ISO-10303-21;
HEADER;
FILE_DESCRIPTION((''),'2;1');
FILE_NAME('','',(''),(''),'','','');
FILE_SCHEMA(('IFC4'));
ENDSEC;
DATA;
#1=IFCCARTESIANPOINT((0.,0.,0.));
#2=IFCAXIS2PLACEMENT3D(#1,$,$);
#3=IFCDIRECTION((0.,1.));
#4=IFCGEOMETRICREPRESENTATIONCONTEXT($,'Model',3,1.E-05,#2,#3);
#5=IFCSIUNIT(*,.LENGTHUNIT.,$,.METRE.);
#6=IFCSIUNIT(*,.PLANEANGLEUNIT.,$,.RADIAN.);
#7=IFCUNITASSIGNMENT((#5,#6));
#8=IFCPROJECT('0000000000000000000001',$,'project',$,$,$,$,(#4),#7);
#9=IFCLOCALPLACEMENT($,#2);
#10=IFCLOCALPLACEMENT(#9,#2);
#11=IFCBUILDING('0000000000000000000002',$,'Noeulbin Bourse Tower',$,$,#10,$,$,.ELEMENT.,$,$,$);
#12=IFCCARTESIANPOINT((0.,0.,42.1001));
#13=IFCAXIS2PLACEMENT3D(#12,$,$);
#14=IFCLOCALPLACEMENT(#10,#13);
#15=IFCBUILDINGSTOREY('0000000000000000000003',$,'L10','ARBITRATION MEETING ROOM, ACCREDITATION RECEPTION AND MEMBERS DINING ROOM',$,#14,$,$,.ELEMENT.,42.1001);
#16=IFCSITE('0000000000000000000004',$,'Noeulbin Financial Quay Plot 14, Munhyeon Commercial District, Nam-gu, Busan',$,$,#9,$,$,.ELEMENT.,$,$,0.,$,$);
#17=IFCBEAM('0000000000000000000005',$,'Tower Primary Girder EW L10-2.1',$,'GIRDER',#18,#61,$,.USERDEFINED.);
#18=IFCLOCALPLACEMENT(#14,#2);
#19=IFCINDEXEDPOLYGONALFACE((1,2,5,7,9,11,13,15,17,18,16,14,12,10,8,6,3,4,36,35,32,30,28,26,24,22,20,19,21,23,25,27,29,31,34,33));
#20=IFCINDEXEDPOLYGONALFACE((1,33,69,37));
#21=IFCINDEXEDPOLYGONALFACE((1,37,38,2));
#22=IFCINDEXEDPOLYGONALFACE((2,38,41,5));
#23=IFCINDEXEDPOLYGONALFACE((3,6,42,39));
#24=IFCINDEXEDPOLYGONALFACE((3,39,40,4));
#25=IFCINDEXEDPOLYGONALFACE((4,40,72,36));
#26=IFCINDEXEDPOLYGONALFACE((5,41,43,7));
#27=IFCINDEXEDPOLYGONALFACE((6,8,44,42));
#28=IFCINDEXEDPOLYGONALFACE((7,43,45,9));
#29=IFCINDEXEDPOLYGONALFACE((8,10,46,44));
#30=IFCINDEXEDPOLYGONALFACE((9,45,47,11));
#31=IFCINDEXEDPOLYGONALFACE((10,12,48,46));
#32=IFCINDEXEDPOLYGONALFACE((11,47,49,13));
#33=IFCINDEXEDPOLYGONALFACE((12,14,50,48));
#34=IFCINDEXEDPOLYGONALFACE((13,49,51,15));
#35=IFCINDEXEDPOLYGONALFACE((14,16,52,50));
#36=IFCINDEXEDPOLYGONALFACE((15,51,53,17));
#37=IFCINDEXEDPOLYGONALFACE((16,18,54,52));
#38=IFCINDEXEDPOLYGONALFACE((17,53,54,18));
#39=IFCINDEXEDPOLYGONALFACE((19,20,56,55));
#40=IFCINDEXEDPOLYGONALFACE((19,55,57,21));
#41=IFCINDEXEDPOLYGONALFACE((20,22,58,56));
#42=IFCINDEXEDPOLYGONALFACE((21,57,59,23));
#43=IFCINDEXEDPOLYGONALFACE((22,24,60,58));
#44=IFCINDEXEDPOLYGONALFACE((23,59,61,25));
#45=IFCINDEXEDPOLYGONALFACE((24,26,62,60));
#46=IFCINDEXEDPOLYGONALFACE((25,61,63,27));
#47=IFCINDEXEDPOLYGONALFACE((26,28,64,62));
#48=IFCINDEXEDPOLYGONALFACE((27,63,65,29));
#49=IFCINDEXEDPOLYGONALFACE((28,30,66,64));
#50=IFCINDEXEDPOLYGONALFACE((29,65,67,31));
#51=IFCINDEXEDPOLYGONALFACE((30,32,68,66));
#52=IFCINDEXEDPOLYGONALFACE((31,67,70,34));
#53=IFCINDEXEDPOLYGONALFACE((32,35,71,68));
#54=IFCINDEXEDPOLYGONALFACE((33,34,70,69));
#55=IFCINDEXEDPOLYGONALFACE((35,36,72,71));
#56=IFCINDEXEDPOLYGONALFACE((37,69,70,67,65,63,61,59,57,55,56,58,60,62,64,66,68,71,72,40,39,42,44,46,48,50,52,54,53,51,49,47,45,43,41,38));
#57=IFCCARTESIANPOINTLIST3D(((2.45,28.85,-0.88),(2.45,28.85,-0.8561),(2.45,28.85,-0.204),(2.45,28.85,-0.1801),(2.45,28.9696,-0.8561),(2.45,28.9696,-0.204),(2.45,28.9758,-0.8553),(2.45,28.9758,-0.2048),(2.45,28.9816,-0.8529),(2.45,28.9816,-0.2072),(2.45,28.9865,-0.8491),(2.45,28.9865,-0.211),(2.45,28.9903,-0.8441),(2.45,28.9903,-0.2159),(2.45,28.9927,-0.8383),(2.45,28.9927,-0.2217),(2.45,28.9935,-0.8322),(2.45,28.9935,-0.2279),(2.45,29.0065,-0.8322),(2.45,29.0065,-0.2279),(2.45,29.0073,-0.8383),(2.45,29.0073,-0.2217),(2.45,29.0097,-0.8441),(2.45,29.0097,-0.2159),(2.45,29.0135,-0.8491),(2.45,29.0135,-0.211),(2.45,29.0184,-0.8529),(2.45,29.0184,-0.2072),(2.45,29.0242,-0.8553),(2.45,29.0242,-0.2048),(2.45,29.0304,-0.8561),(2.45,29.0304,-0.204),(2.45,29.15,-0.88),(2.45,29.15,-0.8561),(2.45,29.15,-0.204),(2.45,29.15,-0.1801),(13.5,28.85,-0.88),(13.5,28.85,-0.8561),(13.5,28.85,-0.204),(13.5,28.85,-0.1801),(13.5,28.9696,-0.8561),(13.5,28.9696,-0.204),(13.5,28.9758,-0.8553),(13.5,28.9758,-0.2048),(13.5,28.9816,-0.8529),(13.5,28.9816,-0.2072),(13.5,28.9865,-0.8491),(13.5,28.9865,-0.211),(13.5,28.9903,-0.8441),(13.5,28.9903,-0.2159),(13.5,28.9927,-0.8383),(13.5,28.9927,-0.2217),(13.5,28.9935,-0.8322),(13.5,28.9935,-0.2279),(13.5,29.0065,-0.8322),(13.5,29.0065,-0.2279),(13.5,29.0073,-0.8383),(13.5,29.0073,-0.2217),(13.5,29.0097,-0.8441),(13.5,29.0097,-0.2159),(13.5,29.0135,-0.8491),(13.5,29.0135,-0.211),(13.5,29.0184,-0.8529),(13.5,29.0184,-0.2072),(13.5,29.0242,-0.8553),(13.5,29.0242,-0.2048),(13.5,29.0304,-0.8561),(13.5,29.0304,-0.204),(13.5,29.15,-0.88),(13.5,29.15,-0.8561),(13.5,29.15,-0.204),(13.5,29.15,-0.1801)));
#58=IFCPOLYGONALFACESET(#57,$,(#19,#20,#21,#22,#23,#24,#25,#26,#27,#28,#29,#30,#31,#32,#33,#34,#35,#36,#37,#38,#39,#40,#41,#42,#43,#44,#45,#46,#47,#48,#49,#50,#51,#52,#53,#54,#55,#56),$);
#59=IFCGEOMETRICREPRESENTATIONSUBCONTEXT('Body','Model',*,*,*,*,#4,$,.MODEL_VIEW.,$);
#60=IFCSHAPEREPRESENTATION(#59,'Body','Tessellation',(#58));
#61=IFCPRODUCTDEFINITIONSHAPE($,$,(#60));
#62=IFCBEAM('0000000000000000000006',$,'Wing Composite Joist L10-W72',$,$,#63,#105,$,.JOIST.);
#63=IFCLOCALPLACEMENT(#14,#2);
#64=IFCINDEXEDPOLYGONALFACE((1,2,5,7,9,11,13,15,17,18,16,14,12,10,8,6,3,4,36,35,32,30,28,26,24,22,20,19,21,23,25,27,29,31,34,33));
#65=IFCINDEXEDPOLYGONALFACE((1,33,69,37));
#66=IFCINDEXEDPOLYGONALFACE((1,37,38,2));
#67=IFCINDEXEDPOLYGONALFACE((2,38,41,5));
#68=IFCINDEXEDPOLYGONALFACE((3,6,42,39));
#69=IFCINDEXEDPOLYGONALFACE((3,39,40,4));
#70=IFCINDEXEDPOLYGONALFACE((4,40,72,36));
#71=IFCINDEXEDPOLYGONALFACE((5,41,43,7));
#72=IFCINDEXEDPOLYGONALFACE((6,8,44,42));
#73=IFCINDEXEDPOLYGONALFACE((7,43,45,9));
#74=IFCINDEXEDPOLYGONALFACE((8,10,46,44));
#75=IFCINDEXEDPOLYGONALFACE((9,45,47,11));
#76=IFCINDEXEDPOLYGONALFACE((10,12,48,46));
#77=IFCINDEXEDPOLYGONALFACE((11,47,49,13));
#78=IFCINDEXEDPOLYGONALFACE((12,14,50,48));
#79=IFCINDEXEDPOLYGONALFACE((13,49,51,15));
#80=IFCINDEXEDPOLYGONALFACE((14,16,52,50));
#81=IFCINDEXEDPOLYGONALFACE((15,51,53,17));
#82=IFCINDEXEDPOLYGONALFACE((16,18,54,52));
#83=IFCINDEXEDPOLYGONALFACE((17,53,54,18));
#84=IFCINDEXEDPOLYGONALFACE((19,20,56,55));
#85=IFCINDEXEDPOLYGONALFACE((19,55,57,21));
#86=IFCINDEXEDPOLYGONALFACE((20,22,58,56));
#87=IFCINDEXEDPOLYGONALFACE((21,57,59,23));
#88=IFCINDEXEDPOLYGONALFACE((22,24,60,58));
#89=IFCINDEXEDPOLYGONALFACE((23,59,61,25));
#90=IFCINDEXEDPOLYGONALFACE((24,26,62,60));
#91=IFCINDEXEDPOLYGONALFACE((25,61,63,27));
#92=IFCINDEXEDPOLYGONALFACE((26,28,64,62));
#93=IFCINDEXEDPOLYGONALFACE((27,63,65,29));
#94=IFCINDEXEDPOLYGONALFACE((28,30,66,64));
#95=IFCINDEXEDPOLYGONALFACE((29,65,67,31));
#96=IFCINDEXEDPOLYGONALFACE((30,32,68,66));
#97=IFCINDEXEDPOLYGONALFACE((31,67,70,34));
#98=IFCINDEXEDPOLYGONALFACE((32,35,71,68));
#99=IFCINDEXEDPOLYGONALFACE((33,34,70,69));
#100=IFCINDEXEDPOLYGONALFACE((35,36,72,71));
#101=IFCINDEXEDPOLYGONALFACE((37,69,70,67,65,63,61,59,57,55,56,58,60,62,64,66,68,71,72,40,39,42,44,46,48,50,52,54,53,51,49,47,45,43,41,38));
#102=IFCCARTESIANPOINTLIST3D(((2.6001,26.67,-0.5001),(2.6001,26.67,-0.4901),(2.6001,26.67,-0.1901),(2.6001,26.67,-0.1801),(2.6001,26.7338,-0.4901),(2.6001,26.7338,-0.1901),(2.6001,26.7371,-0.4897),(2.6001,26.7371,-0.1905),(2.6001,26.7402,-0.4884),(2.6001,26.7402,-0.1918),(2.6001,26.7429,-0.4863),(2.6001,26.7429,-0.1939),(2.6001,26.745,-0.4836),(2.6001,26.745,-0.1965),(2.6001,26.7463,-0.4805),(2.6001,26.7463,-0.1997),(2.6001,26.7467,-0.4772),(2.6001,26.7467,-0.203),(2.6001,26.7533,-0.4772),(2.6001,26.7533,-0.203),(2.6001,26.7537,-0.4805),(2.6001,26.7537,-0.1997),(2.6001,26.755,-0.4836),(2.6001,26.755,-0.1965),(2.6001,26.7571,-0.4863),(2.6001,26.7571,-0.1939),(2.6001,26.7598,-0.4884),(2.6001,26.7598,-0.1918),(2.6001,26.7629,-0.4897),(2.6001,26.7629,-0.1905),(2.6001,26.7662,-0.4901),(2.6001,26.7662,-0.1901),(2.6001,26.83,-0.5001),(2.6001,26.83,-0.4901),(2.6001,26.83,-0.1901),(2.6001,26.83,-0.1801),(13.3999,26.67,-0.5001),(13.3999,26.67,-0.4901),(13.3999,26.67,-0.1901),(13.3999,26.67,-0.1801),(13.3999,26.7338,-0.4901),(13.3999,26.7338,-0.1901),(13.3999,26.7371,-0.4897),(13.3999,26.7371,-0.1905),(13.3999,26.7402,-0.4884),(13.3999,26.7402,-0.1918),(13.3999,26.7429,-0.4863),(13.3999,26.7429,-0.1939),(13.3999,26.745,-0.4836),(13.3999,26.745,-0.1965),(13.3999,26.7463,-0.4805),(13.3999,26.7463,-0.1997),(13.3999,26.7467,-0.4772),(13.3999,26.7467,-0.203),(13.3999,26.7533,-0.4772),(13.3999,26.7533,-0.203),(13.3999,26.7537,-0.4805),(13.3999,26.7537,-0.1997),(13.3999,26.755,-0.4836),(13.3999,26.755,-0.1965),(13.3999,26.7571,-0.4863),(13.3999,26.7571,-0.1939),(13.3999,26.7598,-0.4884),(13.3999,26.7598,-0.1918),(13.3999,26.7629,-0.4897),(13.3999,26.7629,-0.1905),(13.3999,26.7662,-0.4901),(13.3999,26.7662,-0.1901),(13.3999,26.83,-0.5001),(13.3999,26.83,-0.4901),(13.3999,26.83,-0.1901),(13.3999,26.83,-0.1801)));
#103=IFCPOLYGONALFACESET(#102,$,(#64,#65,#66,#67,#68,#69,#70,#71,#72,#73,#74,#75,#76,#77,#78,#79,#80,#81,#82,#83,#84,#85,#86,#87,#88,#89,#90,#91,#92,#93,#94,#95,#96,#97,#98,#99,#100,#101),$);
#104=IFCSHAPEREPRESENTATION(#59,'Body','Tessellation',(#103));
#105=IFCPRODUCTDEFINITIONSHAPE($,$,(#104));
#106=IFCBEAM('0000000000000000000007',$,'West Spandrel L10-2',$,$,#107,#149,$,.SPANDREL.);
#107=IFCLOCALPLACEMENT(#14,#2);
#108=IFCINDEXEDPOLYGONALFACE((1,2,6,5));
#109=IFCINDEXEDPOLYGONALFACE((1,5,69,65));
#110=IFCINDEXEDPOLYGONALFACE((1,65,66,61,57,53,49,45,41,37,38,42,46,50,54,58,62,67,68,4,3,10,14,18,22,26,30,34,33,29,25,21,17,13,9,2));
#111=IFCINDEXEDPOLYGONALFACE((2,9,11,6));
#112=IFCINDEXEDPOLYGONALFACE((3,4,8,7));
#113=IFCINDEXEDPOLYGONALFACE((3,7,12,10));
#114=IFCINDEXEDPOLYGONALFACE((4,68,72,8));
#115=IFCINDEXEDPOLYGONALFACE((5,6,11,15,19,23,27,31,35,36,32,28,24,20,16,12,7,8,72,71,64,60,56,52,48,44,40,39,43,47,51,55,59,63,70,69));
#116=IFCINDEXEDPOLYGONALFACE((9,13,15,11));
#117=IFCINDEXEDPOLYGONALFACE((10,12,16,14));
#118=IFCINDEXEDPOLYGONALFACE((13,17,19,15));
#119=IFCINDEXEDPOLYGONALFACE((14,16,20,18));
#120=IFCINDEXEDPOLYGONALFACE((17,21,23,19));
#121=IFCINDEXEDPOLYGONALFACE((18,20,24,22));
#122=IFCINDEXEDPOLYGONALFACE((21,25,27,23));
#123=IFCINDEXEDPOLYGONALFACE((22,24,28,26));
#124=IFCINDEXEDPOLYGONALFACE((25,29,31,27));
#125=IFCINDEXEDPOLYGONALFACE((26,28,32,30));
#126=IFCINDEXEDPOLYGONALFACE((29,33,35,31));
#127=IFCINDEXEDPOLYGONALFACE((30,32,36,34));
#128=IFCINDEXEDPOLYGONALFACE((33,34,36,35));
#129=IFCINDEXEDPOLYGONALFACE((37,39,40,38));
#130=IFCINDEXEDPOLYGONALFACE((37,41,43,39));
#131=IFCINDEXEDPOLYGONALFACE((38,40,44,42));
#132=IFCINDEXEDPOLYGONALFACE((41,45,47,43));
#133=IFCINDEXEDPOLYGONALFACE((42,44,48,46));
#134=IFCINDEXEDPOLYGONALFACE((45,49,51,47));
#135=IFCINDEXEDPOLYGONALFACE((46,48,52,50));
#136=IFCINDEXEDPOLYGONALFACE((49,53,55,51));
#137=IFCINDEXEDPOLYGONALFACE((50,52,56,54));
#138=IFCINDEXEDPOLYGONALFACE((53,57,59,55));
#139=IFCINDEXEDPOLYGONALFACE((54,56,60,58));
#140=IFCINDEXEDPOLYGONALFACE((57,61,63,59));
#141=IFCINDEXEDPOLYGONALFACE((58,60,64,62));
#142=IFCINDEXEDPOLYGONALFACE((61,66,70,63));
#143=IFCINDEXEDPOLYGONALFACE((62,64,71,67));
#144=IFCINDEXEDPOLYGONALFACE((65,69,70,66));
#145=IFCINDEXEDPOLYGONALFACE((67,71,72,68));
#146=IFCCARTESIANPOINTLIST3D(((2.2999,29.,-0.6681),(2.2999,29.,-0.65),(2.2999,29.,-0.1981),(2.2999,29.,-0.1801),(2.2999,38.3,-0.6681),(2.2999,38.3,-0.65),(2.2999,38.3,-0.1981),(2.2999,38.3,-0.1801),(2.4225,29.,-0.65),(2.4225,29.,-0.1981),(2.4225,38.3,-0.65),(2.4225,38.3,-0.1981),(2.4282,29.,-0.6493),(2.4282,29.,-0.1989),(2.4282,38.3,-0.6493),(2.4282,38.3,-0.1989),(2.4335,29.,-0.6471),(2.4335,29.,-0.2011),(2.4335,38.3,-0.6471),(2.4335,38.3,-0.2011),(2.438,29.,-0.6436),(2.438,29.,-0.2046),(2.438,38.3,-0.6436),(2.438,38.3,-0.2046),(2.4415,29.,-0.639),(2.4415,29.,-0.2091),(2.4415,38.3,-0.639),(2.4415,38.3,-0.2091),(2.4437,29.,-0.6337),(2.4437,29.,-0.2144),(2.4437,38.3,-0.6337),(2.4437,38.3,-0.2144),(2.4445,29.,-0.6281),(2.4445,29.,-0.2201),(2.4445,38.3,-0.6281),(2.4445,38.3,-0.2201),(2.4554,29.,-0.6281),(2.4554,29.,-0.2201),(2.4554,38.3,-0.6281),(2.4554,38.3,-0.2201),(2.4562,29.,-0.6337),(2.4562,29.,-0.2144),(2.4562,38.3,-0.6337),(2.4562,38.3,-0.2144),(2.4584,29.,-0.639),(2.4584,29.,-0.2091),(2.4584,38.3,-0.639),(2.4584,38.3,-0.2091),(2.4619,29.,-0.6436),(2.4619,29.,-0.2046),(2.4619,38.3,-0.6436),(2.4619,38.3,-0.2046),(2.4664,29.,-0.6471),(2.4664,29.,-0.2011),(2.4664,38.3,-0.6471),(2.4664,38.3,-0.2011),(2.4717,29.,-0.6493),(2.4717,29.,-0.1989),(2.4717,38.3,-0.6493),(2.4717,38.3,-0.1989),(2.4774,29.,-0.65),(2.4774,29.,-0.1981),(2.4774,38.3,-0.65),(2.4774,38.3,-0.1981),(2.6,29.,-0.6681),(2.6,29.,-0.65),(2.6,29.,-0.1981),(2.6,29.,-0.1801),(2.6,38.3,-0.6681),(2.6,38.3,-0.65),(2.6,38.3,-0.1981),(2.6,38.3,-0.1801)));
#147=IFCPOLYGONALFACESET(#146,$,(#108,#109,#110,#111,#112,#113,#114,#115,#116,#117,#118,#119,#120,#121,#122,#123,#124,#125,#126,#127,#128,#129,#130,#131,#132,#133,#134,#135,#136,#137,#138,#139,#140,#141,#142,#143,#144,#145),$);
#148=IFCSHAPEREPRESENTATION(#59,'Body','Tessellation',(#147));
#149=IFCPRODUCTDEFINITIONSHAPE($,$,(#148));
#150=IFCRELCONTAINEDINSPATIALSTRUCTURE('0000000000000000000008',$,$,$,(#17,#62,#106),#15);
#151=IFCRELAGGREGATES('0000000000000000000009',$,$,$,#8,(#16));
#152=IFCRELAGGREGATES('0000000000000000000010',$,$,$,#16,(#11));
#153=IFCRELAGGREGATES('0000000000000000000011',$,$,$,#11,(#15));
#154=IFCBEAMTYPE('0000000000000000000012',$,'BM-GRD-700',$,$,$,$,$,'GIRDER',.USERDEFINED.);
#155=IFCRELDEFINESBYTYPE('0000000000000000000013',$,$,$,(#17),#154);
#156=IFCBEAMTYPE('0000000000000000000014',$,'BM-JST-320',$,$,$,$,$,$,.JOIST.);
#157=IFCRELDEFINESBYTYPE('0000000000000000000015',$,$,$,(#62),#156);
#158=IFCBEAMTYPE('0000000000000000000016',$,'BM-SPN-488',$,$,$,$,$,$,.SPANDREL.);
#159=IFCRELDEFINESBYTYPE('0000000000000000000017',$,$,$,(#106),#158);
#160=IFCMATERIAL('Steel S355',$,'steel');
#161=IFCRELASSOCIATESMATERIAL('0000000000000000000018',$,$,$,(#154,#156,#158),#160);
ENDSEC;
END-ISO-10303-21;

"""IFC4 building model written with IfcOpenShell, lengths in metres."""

from ifc_helpers import new_model, si_unit, direction, frame, origin, origin_2d, place, context, subcontext, project, spatial, i_section, extrude, material, material_profile, profile_set, type_object, element, save


model = new_model("IFC4")

# Units and contexts
model_context = context("Model", 3, precision=1e-05, world=origin(), true_north=direction((0.0, 1.0)))
body_context = subcontext(model_context, "Body", "Model", "MODEL_VIEW")
ifc_project = project(units=[si_unit("LENGTHUNIT", "METRE"), si_unit("PLANEANGLEUNIT", "RADIAN")], contexts=[model_context])

# Site, building, storey
site_placement = place(None, origin())
site = spatial("IfcSite", under=ifc_project, at=site_placement, Name="Noeulbin Financial Quay Plot 14, Munhyeon Commercial District, Nam-gu, Busan", CompositionType="ELEMENT", RefElevation=0.0)
building_placement = place(site_placement, origin())
building = spatial("IfcBuilding", under=site, at=building_placement, Name="Noeulbin Bourse Tower", CompositionType="ELEMENT")
storey_placement = place(building_placement, frame((0.0, 0.0, 42.1001)))
storey = spatial("IfcBuildingStorey", under=building, at=storey_placement, Name="L10", Description="ARBITRATION MEETING ROOM, ACCREDITATION RECEPTION AND MEMBERS DINING ROOM", CompositionType="ELEMENT", Elevation=42.1001)

# Beams
ifc_material_1 = material(Name="Steel S355", Category="steel")
ifc_material_profile_1 = material_profile(ifc_material_1, i_section(OverallWidth=0.3, OverallDepth=0.7, WebThickness=0.0129, FlangeThickness=0.0239, FilletRadius=0.0239, at=origin_2d()), Name="H-700x300x13x24", Category="LoadBearing")
ifc_profile_set_1 = profile_set([ifc_material_profile_1], Name="Steel S355")
beam_type_1 = type_object("IfcBeamType", Name="BM-GRD-700", ElementType="GIRDER", PredefinedType="USERDEFINED", material=ifc_profile_set_1)
beam_1_placement = place(storey_placement, frame((2.45, 29.0, -0.53), z_axis=(1.0, 0.0, 0.0), x_axis=(0.0, 1.0, 0.0)))
element("IfcBeam", 1, at=beam_1_placement, inside=storey, type_object=beam_type_1, Name="Tower Primary Girder EW L10-2.1", ObjectType="GIRDER", PredefinedType="USERDEFINED", context=body_context, shape_type="SweptSolid", body=[
    extrude(i_section(OverallWidth=0.3, OverallDepth=0.7, WebThickness=0.0129, FlangeThickness=0.0239, FilletRadius=0.0239, at=origin_2d()), origin(), (0.0, 0.0, 1.0), 11.05),
])
ifc_material_profile_2 = material_profile(ifc_material_1, i_section(OverallWidth=0.1599, OverallDepth=0.3201, WebThickness=0.0066, FlangeThickness=0.01, FilletRadius=0.0129, at=origin_2d()), Name="H-320x160x6.5x10", Category="LoadBearing")
ifc_profile_set_2 = profile_set([ifc_material_profile_2], Name="Steel S355")
beam_type_2 = type_object("IfcBeamType", Name="BM-JST-320", PredefinedType="JOIST", material=ifc_profile_set_2)
beam_2_placement = place(storey_placement, frame((2.6001, 26.75, -0.3401), z_axis=(1.0, 0.0, 0.0), x_axis=(0.0, 1.0, 0.0)))
element("IfcBeam", 2, at=beam_2_placement, inside=storey, type_object=beam_type_2, Name="Wing Composite Joist L10-W72", PredefinedType="JOIST", context=body_context, shape_type="SweptSolid", body=[
    extrude(i_section(OverallWidth=0.1599, OverallDepth=0.3201, WebThickness=0.0066, FlangeThickness=0.01, FilletRadius=0.0129, at=origin_2d()), origin(), (0.0, 0.0, 1.0), 10.7998),
])
ifc_material_profile_3 = material_profile(ifc_material_1, i_section(OverallWidth=0.3, OverallDepth=0.488, WebThickness=0.011, FlangeThickness=0.0181, FilletRadius=0.022, at=origin_2d()), Name="H-488x300x11x18", Category="LoadBearing")
ifc_profile_set_3 = profile_set([ifc_material_profile_3], Name="Steel S355")
beam_type_3 = type_object("IfcBeamType", Name="BM-SPN-488", PredefinedType="SPANDREL", material=ifc_profile_set_3)
beam_3_placement = place(storey_placement, frame((2.45, 29.0, -0.4241), z_axis=(0.0, 1.0, 0.0), x_axis=(-1.0, 0.0, 0.0)))
element("IfcBeam", 3, at=beam_3_placement, inside=storey, type_object=beam_type_3, Name="West Spandrel L10-2", PredefinedType="SPANDREL", context=body_context, shape_type="SweptSolid", body=[
    extrude(i_section(OverallWidth=0.3, OverallDepth=0.488, WebThickness=0.011, FlangeThickness=0.0181, FilletRadius=0.022, at=origin_2d()), origin(), (0.0, 0.0, 1.0), 9.3),
])

save(model, "model.ifc")
